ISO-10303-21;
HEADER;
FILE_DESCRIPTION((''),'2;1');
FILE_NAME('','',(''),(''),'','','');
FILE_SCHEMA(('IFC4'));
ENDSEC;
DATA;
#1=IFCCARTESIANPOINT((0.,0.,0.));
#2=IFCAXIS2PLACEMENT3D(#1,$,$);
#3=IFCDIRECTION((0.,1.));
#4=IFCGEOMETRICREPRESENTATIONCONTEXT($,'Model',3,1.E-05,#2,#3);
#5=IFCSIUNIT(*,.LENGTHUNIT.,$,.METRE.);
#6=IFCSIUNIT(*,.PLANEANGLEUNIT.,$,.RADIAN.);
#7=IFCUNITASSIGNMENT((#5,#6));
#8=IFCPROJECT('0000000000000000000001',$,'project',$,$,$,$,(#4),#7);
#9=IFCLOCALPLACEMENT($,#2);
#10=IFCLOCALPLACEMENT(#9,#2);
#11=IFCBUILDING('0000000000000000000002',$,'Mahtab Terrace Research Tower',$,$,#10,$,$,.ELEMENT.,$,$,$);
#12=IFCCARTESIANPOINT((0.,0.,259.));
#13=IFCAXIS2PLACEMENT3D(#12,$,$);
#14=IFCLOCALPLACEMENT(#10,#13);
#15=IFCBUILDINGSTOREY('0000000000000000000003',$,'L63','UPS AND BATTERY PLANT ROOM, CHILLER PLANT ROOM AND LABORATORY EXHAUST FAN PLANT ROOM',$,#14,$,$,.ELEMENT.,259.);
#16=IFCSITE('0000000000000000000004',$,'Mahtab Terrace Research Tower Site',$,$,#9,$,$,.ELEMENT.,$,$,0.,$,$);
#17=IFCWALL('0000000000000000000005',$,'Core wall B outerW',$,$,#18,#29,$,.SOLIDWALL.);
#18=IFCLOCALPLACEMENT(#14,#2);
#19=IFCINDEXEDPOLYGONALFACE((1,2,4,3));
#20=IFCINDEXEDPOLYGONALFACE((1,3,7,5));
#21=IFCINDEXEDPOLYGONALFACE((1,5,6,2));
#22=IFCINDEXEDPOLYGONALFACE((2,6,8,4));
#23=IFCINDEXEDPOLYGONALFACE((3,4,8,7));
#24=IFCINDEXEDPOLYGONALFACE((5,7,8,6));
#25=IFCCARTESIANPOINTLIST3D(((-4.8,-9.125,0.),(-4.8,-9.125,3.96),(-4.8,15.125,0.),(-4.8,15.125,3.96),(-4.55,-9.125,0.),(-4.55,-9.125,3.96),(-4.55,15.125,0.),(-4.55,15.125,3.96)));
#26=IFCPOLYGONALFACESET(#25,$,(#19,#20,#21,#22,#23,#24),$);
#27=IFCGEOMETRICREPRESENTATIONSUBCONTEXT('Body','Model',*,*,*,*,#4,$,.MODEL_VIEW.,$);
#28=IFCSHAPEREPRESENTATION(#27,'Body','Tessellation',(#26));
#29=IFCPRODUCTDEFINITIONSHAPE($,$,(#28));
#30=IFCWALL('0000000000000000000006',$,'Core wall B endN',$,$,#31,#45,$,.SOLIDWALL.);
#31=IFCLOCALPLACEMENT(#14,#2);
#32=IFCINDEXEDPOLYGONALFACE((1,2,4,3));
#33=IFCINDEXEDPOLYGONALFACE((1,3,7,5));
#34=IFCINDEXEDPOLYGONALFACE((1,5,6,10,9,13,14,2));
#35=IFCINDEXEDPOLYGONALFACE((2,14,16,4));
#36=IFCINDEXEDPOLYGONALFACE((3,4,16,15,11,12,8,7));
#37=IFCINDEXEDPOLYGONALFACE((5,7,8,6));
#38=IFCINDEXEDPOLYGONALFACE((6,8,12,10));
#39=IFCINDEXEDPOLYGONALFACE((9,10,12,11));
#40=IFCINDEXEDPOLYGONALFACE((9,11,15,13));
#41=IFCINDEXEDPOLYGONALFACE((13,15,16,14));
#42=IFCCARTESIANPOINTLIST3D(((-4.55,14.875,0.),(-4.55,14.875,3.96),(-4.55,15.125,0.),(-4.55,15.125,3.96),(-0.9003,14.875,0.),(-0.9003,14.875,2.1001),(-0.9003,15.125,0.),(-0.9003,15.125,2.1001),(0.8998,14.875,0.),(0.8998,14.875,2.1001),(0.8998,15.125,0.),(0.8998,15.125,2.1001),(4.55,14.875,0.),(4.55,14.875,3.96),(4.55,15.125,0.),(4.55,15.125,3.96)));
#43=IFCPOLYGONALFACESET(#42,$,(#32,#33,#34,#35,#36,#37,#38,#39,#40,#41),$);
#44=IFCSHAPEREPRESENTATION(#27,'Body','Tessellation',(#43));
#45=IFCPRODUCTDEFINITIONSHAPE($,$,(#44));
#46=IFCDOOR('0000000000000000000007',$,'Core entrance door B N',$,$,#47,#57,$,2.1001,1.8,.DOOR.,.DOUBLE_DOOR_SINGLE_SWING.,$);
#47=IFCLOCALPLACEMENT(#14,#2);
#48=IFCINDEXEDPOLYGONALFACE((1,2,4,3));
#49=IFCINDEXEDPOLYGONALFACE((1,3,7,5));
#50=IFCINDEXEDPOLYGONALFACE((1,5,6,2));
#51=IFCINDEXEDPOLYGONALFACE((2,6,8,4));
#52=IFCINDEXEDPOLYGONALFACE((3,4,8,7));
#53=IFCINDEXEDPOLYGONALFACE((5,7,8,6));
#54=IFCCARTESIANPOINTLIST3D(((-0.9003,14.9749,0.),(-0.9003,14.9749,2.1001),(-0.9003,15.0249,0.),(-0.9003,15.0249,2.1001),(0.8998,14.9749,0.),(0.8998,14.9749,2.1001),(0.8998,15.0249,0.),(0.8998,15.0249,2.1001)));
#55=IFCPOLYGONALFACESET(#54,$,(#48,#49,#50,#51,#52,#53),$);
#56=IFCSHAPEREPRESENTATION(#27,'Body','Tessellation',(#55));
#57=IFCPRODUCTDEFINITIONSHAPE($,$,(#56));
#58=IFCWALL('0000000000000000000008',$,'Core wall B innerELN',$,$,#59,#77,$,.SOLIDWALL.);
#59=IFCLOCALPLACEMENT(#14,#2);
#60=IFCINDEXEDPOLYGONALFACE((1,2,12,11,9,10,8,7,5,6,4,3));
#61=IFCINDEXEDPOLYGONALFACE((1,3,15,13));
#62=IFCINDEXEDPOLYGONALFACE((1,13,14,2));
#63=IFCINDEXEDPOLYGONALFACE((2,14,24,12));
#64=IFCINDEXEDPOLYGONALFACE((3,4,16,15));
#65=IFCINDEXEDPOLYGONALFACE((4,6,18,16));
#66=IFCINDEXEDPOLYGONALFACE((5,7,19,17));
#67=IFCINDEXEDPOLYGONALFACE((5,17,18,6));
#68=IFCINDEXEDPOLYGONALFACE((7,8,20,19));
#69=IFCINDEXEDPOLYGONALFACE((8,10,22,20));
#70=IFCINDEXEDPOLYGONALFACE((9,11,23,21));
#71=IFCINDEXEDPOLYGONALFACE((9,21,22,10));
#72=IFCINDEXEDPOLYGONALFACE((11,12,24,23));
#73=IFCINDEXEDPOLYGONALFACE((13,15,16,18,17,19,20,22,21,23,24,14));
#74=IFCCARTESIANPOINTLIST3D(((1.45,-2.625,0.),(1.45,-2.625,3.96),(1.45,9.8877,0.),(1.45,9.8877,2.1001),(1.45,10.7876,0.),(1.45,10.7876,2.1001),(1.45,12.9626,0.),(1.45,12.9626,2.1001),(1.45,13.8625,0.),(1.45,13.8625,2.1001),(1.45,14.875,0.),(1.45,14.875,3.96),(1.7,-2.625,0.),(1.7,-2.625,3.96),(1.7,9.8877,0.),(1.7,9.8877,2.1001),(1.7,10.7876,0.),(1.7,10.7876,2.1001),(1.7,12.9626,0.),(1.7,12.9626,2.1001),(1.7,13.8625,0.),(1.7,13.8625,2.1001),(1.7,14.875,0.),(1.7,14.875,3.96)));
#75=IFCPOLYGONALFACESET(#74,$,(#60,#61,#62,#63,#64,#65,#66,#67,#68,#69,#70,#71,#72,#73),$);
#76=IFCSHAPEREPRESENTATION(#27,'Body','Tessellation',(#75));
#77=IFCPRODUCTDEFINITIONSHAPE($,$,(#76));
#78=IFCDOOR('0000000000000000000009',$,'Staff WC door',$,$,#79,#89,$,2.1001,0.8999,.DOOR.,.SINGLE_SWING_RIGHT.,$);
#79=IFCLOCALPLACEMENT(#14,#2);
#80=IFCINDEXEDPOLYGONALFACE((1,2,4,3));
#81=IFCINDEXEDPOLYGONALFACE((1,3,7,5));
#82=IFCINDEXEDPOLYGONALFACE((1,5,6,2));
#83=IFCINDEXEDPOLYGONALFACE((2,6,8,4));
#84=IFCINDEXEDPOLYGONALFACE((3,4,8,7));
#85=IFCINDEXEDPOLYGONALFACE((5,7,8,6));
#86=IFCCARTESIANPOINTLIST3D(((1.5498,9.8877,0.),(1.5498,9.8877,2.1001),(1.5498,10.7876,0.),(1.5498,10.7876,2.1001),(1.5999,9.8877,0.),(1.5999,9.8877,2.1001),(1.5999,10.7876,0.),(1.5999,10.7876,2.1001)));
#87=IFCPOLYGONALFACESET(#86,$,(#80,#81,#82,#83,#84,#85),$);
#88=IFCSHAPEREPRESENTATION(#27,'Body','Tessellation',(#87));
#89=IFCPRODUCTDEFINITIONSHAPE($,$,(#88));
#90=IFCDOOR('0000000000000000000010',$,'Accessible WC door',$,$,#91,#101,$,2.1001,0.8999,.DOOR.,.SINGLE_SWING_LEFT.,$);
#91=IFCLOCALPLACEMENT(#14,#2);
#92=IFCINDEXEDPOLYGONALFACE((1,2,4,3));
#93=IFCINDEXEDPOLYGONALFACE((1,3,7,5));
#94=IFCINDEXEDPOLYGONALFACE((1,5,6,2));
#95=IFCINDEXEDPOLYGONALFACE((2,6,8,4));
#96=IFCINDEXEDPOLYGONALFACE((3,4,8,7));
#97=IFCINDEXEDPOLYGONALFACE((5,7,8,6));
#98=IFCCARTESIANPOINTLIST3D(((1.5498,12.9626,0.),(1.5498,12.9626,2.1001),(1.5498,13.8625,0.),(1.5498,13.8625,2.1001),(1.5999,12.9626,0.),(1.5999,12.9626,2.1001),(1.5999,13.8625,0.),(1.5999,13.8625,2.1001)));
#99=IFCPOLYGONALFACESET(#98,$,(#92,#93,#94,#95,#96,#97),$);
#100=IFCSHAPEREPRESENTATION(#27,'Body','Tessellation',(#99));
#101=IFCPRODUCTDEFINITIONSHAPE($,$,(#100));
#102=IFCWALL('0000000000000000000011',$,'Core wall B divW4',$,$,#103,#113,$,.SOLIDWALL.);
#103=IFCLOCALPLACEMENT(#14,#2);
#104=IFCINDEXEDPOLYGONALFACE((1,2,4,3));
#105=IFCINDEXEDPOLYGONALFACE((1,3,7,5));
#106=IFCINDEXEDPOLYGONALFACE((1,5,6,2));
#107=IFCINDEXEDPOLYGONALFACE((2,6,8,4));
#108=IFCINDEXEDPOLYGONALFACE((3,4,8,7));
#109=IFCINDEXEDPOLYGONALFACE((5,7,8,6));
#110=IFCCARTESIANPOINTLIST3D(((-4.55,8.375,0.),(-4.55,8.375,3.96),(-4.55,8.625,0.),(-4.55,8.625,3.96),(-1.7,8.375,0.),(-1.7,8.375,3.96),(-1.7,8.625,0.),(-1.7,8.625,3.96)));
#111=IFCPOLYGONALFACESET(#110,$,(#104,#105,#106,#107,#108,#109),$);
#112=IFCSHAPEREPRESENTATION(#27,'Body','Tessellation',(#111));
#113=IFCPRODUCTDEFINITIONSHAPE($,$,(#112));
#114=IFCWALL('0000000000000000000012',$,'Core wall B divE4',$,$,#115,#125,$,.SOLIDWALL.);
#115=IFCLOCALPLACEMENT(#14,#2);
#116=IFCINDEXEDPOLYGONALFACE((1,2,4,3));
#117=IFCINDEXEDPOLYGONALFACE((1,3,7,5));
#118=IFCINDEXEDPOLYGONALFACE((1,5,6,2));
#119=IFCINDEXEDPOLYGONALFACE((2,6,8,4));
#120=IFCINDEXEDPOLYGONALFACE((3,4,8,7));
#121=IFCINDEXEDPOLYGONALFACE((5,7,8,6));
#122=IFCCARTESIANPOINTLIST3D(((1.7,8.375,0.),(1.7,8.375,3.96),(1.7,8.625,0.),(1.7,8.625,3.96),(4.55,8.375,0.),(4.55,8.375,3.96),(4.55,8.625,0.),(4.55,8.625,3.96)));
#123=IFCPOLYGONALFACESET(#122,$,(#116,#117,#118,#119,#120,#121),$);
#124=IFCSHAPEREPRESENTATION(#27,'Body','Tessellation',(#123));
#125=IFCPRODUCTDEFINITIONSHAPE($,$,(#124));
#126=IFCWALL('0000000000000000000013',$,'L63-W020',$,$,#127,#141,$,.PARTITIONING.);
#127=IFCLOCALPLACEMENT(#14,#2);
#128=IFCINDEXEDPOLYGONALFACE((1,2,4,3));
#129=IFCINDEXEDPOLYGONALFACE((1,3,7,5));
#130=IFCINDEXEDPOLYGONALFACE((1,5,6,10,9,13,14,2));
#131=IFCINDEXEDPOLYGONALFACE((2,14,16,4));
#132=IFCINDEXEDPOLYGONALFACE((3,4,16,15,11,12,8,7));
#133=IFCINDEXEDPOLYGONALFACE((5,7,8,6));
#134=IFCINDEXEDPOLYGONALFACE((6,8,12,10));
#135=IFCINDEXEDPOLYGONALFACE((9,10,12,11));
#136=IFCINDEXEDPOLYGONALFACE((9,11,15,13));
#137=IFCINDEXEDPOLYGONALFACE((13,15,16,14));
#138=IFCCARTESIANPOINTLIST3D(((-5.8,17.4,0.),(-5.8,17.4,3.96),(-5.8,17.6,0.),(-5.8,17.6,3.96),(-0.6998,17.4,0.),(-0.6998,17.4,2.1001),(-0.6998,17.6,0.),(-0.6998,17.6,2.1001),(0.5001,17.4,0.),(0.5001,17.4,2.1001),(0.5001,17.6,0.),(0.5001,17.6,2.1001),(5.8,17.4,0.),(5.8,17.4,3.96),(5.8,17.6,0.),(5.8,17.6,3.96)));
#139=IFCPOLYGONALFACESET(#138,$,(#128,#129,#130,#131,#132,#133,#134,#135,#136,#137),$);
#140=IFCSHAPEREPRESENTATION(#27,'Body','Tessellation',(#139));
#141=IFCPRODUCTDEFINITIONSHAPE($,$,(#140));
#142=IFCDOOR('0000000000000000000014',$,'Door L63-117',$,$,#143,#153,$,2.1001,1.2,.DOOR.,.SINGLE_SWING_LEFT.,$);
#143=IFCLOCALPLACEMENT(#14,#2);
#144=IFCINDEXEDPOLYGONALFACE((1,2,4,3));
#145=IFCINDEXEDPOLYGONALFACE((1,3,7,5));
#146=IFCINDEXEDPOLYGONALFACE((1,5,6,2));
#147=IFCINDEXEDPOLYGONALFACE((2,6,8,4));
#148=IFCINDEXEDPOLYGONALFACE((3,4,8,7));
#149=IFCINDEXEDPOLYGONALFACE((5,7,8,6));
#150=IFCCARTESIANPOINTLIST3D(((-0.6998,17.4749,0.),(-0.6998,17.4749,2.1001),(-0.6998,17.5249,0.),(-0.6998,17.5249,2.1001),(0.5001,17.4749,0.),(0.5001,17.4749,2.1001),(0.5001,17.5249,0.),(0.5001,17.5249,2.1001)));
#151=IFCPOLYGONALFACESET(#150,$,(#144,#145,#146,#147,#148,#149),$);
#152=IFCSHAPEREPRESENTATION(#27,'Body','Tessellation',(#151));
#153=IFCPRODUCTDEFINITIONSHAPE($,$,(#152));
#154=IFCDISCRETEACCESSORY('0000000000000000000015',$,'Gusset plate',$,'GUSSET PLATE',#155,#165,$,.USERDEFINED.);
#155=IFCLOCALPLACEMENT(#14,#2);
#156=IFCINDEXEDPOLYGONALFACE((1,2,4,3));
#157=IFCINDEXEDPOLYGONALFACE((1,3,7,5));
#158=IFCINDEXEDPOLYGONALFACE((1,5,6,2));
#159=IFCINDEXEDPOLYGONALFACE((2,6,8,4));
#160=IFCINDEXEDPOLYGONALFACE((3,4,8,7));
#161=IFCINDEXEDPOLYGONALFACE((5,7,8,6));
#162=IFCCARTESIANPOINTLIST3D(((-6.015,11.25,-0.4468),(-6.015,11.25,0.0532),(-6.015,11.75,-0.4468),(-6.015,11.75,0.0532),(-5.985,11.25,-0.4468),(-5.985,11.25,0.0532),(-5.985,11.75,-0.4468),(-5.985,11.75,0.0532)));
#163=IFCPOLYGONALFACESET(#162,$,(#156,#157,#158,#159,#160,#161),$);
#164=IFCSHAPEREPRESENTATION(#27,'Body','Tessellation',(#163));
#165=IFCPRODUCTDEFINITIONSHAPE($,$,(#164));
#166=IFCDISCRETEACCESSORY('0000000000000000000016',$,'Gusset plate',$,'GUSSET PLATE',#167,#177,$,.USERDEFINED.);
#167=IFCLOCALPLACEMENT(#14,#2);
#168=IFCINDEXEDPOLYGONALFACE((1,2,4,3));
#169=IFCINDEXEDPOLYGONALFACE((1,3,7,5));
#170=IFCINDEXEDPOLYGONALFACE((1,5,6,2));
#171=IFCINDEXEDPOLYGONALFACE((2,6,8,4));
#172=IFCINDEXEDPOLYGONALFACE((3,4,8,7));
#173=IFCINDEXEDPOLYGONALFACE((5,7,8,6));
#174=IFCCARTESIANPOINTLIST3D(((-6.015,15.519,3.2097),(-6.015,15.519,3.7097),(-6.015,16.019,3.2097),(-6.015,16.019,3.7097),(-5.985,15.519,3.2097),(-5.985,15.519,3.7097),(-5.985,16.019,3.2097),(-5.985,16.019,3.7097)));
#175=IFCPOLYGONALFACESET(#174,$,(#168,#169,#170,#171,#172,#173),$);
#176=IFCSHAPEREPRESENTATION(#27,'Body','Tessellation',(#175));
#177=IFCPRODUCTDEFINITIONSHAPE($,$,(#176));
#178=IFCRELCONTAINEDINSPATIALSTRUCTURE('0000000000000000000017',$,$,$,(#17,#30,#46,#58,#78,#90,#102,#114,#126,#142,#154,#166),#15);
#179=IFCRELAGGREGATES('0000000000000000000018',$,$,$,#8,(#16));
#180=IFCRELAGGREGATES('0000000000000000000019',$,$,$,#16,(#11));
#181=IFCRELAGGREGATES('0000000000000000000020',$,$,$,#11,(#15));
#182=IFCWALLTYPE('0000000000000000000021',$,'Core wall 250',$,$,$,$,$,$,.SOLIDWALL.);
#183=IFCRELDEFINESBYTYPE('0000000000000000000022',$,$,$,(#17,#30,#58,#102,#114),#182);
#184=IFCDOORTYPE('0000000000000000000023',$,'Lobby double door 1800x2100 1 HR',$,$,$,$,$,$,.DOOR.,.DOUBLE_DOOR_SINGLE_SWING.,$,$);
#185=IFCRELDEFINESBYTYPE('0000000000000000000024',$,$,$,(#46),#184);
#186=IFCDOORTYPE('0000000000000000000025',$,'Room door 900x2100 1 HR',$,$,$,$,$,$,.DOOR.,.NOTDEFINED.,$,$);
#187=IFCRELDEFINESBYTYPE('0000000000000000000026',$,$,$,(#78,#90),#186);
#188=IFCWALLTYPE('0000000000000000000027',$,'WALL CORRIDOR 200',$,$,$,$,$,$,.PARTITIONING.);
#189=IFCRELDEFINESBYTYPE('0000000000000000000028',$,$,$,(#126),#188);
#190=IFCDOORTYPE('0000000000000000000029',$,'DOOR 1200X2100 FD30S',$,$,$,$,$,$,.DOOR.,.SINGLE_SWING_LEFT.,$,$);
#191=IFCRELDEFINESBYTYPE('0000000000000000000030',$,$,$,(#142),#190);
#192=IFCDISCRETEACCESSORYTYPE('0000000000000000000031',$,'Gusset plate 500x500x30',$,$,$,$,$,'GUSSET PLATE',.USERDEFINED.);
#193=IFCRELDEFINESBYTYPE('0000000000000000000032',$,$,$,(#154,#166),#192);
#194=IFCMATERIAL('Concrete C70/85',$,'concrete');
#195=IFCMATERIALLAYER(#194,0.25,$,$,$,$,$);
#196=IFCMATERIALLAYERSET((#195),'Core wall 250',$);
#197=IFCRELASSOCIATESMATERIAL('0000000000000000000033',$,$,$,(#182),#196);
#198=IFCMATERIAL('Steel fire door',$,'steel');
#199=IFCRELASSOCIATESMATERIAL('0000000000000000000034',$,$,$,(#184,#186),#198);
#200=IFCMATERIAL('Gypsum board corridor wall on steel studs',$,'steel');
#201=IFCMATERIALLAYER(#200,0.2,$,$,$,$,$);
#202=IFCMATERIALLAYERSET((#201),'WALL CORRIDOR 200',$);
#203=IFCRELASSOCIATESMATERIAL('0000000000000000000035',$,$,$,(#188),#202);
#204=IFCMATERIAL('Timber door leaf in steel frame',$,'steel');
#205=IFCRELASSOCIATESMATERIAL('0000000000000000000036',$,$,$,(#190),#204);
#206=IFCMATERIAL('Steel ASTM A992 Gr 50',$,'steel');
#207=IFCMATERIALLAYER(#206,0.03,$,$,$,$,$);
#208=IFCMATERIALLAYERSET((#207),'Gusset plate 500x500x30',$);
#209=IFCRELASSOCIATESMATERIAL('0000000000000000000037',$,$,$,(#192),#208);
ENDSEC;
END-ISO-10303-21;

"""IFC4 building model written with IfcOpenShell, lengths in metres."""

from ifc_helpers import new_model, si_unit, direction, frame, frame_2d, origin, origin_2d, place, context, subcontext, project, spatial, rectangle, extrude, material, layer, layer_set, type_object, element, fill, save


model = new_model("IFC4")

# Units and contexts
model_context = context("Model", 3, precision=1e-05, world=origin(), true_north=direction((0.0, 1.0)))
body_context = subcontext(model_context, "Body", "Model", "MODEL_VIEW")
ifc_project = project(units=[si_unit("LENGTHUNIT", "METRE"), si_unit("PLANEANGLEUNIT", "RADIAN")], contexts=[model_context])

# Site, building, storey
site_placement = place(None, origin())
site = spatial("IfcSite", under=ifc_project, at=site_placement, Name="Mahtab Terrace Research Tower Site", CompositionType="ELEMENT", RefElevation=0.0)
building_placement = place(site_placement, origin())
building = spatial("IfcBuilding", under=site, at=building_placement, Name="Mahtab Terrace Research Tower", CompositionType="ELEMENT")
storey_placement = place(building_placement, frame((0.0, 0.0, 259.0)))
storey = spatial("IfcBuildingStorey", under=building, at=storey_placement, Name="L63", Description="UPS AND BATTERY PLANT ROOM, CHILLER PLANT ROOM AND LABORATORY EXHAUST FAN PLANT ROOM", CompositionType="ELEMENT", Elevation=259.0)

# Shared definitions
ifc_material_1 = material(Name="Concrete C70/85", Category="concrete")

# Shared definitions
ifc_material_2 = material(Name="Steel ASTM A992 Gr 50", Category="steel")

# Wall
ifc_layer_1 = layer(ifc_material_1, 0.25)
ifc_layer_set_1 = layer_set([ifc_layer_1], Name="Core wall 250")
wall_type_1 = type_object("IfcWallType", Name="Core wall 250", PredefinedType="SOLIDWALL", material=ifc_layer_set_1)
wall_1_placement = place(storey_placement, frame((-4.675, 15.125, 0.0), z_axis=(0.0, 0.0, 1.0), x_axis=(0.0, -1.0, 0.0)))
element("IfcWall", 1, at=wall_1_placement, inside=storey, type_object=wall_type_1, Name="Core wall B outerW", PredefinedType="SOLIDWALL", context=body_context, shape_type="SweptSolid", body=[
    extrude(rectangle(XDim=24.25, YDim=0.25, at=frame_2d((12.125, 0.0))), origin(), (0.0, 0.0, 1.0), 3.96),
])

# Wall, opening, door
wall_2_placement = place(storey_placement, frame((-4.55, 15.0, 0.0), z_axis=(0.0, 0.0, 1.0), x_axis=(1.0, 0.0, 0.0)))
wall_2 = element("IfcWall", 2, at=wall_2_placement, inside=storey, type_object=wall_type_1, Name="Core wall B endN", PredefinedType="SOLIDWALL", context=body_context, shape_type="SweptSolid", body=[
    extrude(rectangle(XDim=9.1001, YDim=0.25, at=frame_2d((4.55, 0.0))), origin(), (0.0, 0.0, 1.0), 3.96),
])
opening_1_placement = place(wall_2_placement, frame((3.6499, 0.0, 0.0)))
opening_1 = element("IfcOpeningElement", 3, at=opening_1_placement, cuts=wall_2, PredefinedType="OPENING", context=body_context, shape_type="SweptSolid", body=[
    extrude(rectangle(XDim=1.8, YDim=2.1001, at=frame_2d((0.8999, 1.05))), frame((0.0, 0.135, 0.0), z_axis=(0.0, -1.0, 0.0), x_axis=(1.0, 0.0, 0.0)), (0.0, 0.0, 1.0), 0.27),
])
ifc_material_3 = material(Name="Steel fire door", Category="steel")
door_type_1 = type_object("IfcDoorType", Name="Lobby double door 1800x2100 1 HR", OperationType="DOUBLE_DOOR_SINGLE_SWING", PredefinedType="DOOR", material=ifc_material_3)
door_1_placement = place(opening_1_placement, origin())
door_1 = element("IfcDoor", 4, at=door_1_placement, inside=storey, type_object=door_type_1, Name="Core entrance door B N", OperationType="DOUBLE_DOOR_SINGLE_SWING", OverallHeight=2.1001, OverallWidth=1.8, PredefinedType="DOOR", context=body_context, shape_type="SweptSolid", body=[
    extrude(rectangle(XDim=1.8, YDim=2.1001, at=frame_2d((0.8999, 1.05))), frame((0.0, 0.0249, 0.0), z_axis=(0.0, -1.0, 0.0), x_axis=(1.0, 0.0, 0.0)), (0.0, 0.0, 1.0), 0.05),
])
fill(opening_1, door_1)

# Wall, openings, doors
wall_3_placement = place(storey_placement, frame((1.575, 14.875, 0.0), z_axis=(0.0, 0.0, 1.0), x_axis=(0.0, -1.0, 0.0)))
wall_3 = element("IfcWall", 5, at=wall_3_placement, inside=storey, type_object=wall_type_1, Name="Core wall B innerELN", PredefinedType="SOLIDWALL", context=body_context, shape_type="SweptSolid", body=[
    extrude(rectangle(XDim=17.5, YDim=0.25, at=frame_2d((8.75, 0.0))), origin(), (0.0, 0.0, 1.0), 3.96),
])
opening_2_placement = place(wall_3_placement, frame((4.0874, 0.0, 0.0)))
opening_2 = element("IfcOpeningElement", 6, at=opening_2_placement, cuts=wall_3, PredefinedType="OPENING", context=body_context, shape_type="SweptSolid", body=[
    extrude(rectangle(XDim=0.8999, YDim=2.1001, at=frame_2d((0.45, 1.05))), frame((0.0, 0.135, 0.0), z_axis=(0.0, -1.0, 0.0), x_axis=(1.0, 0.0, 0.0)), (0.0, 0.0, 1.0), 0.27),
])
opening_3_placement = place(wall_3_placement, frame((1.0125, 0.0, 0.0)))
opening_3 = element("IfcOpeningElement", 7, at=opening_3_placement, cuts=wall_3, PredefinedType="OPENING", context=body_context, shape_type="SweptSolid", body=[
    extrude(rectangle(XDim=0.8999, YDim=2.1001, at=frame_2d((0.45, 1.05))), frame((0.0, 0.135, 0.0), z_axis=(0.0, -1.0, 0.0), x_axis=(1.0, 0.0, 0.0)), (0.0, 0.0, 1.0), 0.27),
])
door_type_2 = type_object("IfcDoorType", Name="Room door 900x2100 1 HR", OperationType="NOTDEFINED", PredefinedType="DOOR", material=ifc_material_3)
door_2_placement = place(opening_2_placement, origin())
door_2 = element("IfcDoor", 8, at=door_2_placement, inside=storey, type_object=door_type_2, Name="Staff WC door", OperationType="SINGLE_SWING_RIGHT", OverallHeight=2.1001, OverallWidth=0.8999, PredefinedType="DOOR", context=body_context, shape_type="SweptSolid", body=[
    extrude(rectangle(XDim=0.8999, YDim=2.1001, at=frame_2d((0.45, 1.05))), frame((0.0, 0.0249, 0.0), z_axis=(0.0, -1.0, 0.0), x_axis=(1.0, 0.0, 0.0)), (0.0, 0.0, 1.0), 0.05),
])
fill(opening_2, door_2)
door_3_placement = place(opening_3_placement, origin())
door_3 = element("IfcDoor", 9, at=door_3_placement, inside=storey, type_object=door_type_2, Name="Accessible WC door", OperationType="SINGLE_SWING_LEFT", OverallHeight=2.1001, OverallWidth=0.8999, PredefinedType="DOOR", context=body_context, shape_type="SweptSolid", body=[
    extrude(rectangle(XDim=0.8999, YDim=2.1001, at=frame_2d((0.45, 1.05))), frame((0.0, 0.0249, 0.0), z_axis=(0.0, -1.0, 0.0), x_axis=(1.0, 0.0, 0.0)), (0.0, 0.0, 1.0), 0.05),
])
fill(opening_3, door_3)

# Walls
for number, where, z_axis, x_axis, name in (
    (10, (-4.55, 8.5, 0.0), (0.0, 0.0, 1.0), (1.0, 0.0, 0.0), "Core wall B divW4"),
    (11, (1.7, 8.5, 0.0), (0.0, 0.0, 1.0), (1.0, 0.0, 0.0), "Core wall B divE4"),
):
    element("IfcWall", number, at=place(storey_placement, frame(where, z_axis=z_axis, x_axis=x_axis)), inside=storey, type_object=wall_type_1, Name=name, PredefinedType="SOLIDWALL", context=body_context, shape_type="SweptSolid", body=[
        extrude(rectangle(XDim=2.8501, YDim=0.25, at=frame_2d((1.425, 0.0))), origin(), (0.0, 0.0, 1.0), 3.96),
    ])

# Wall, opening, door
ifc_material_4 = material(Name="Gypsum board corridor wall on steel studs", Category="steel")
ifc_layer_2 = layer(ifc_material_4, 0.2)
ifc_layer_set_2 = layer_set([ifc_layer_2], Name="WALL CORRIDOR 200")
wall_type_2 = type_object("IfcWallType", Name="WALL CORRIDOR 200", PredefinedType="PARTITIONING", material=ifc_layer_set_2)
wall_4_placement = place(storey_placement, frame((-5.8, 17.5, 0.0), z_axis=(0.0, 0.0, 1.0), x_axis=(1.0, 0.0, 0.0)))
wall_4 = element("IfcWall", 12, at=wall_4_placement, inside=storey, type_object=wall_type_2, Name="L63-W020", PredefinedType="PARTITIONING", context=body_context, shape_type="SweptSolid", body=[
    extrude(rectangle(XDim=11.6001, YDim=0.2, at=frame_2d((5.8, 0.0))), origin(), (0.0, 0.0, 1.0), 3.96),
])
opening_4_placement = place(wall_4_placement, frame((5.1001, 0.0, 0.0)))
opening_4 = element("IfcOpeningElement", 13, at=opening_4_placement, cuts=wall_4, PredefinedType="OPENING", context=body_context, shape_type="SweptSolid", body=[
    extrude(rectangle(XDim=1.2, YDim=2.1001, at=frame_2d((0.6001, 1.05))), frame((0.0, 0.1099, 0.0), z_axis=(0.0, -1.0, 0.0), x_axis=(1.0, 0.0, 0.0)), (0.0, 0.0, 1.0), 0.22),
])
ifc_material_5 = material(Name="Timber door leaf in steel frame", Category="steel")
door_type_3 = type_object("IfcDoorType", Name="DOOR 1200X2100 FD30S", OperationType="SINGLE_SWING_LEFT", PredefinedType="DOOR", material=ifc_material_5)
door_4_placement = place(opening_4_placement, origin())
door_4 = element("IfcDoor", 14, at=door_4_placement, inside=storey, type_object=door_type_3, Name="Door L63-117", OperationType="SINGLE_SWING_LEFT", OverallHeight=2.1001, OverallWidth=1.2, PredefinedType="DOOR", context=body_context, shape_type="SweptSolid", body=[
    extrude(rectangle(XDim=1.2, YDim=2.1001, at=frame_2d((0.6001, 1.05))), frame((0.0, 0.0249, 0.0), z_axis=(0.0, -1.0, 0.0), x_axis=(1.0, 0.0, 0.0)), (0.0, 0.0, 1.0), 0.05),
])
fill(opening_4, door_4)

# Discrete accessories
ifc_layer_3 = layer(ifc_material_2, 0.03)
ifc_layer_set_3 = layer_set([ifc_layer_3], Name="Gusset plate 500x500x30")
discrete_accessory_type = type_object("IfcDiscreteAccessoryType", Name="Gusset plate 500x500x30", ElementType="GUSSET PLATE", PredefinedType="USERDEFINED", material=ifc_layer_set_3)
for number, where, z_axis, x_axis, name in (
    (15, (-6.0, 11.5, -0.4468), (0.0, 0.0, 1.0), (0.0, 1.0, 0.0), "Gusset plate"),
    (16, (-6.0, 15.769, 3.2097), (0.0, 0.0, 1.0), (0.0, 1.0, 0.0), "Gusset plate"),
):
    element("IfcDiscreteAccessory", number, at=place(storey_placement, frame(where, z_axis=z_axis, x_axis=x_axis)), inside=storey, type_object=discrete_accessory_type, Name=name, ObjectType="GUSSET PLATE", PredefinedType="USERDEFINED", context=body_context, shape_type="SweptSolid", body=[
        extrude(rectangle(XDim=0.5, YDim=0.03, at=origin_2d()), origin(), (0.0, 0.0, 1.0), 0.5),
    ])

save(model, "model.ifc")
